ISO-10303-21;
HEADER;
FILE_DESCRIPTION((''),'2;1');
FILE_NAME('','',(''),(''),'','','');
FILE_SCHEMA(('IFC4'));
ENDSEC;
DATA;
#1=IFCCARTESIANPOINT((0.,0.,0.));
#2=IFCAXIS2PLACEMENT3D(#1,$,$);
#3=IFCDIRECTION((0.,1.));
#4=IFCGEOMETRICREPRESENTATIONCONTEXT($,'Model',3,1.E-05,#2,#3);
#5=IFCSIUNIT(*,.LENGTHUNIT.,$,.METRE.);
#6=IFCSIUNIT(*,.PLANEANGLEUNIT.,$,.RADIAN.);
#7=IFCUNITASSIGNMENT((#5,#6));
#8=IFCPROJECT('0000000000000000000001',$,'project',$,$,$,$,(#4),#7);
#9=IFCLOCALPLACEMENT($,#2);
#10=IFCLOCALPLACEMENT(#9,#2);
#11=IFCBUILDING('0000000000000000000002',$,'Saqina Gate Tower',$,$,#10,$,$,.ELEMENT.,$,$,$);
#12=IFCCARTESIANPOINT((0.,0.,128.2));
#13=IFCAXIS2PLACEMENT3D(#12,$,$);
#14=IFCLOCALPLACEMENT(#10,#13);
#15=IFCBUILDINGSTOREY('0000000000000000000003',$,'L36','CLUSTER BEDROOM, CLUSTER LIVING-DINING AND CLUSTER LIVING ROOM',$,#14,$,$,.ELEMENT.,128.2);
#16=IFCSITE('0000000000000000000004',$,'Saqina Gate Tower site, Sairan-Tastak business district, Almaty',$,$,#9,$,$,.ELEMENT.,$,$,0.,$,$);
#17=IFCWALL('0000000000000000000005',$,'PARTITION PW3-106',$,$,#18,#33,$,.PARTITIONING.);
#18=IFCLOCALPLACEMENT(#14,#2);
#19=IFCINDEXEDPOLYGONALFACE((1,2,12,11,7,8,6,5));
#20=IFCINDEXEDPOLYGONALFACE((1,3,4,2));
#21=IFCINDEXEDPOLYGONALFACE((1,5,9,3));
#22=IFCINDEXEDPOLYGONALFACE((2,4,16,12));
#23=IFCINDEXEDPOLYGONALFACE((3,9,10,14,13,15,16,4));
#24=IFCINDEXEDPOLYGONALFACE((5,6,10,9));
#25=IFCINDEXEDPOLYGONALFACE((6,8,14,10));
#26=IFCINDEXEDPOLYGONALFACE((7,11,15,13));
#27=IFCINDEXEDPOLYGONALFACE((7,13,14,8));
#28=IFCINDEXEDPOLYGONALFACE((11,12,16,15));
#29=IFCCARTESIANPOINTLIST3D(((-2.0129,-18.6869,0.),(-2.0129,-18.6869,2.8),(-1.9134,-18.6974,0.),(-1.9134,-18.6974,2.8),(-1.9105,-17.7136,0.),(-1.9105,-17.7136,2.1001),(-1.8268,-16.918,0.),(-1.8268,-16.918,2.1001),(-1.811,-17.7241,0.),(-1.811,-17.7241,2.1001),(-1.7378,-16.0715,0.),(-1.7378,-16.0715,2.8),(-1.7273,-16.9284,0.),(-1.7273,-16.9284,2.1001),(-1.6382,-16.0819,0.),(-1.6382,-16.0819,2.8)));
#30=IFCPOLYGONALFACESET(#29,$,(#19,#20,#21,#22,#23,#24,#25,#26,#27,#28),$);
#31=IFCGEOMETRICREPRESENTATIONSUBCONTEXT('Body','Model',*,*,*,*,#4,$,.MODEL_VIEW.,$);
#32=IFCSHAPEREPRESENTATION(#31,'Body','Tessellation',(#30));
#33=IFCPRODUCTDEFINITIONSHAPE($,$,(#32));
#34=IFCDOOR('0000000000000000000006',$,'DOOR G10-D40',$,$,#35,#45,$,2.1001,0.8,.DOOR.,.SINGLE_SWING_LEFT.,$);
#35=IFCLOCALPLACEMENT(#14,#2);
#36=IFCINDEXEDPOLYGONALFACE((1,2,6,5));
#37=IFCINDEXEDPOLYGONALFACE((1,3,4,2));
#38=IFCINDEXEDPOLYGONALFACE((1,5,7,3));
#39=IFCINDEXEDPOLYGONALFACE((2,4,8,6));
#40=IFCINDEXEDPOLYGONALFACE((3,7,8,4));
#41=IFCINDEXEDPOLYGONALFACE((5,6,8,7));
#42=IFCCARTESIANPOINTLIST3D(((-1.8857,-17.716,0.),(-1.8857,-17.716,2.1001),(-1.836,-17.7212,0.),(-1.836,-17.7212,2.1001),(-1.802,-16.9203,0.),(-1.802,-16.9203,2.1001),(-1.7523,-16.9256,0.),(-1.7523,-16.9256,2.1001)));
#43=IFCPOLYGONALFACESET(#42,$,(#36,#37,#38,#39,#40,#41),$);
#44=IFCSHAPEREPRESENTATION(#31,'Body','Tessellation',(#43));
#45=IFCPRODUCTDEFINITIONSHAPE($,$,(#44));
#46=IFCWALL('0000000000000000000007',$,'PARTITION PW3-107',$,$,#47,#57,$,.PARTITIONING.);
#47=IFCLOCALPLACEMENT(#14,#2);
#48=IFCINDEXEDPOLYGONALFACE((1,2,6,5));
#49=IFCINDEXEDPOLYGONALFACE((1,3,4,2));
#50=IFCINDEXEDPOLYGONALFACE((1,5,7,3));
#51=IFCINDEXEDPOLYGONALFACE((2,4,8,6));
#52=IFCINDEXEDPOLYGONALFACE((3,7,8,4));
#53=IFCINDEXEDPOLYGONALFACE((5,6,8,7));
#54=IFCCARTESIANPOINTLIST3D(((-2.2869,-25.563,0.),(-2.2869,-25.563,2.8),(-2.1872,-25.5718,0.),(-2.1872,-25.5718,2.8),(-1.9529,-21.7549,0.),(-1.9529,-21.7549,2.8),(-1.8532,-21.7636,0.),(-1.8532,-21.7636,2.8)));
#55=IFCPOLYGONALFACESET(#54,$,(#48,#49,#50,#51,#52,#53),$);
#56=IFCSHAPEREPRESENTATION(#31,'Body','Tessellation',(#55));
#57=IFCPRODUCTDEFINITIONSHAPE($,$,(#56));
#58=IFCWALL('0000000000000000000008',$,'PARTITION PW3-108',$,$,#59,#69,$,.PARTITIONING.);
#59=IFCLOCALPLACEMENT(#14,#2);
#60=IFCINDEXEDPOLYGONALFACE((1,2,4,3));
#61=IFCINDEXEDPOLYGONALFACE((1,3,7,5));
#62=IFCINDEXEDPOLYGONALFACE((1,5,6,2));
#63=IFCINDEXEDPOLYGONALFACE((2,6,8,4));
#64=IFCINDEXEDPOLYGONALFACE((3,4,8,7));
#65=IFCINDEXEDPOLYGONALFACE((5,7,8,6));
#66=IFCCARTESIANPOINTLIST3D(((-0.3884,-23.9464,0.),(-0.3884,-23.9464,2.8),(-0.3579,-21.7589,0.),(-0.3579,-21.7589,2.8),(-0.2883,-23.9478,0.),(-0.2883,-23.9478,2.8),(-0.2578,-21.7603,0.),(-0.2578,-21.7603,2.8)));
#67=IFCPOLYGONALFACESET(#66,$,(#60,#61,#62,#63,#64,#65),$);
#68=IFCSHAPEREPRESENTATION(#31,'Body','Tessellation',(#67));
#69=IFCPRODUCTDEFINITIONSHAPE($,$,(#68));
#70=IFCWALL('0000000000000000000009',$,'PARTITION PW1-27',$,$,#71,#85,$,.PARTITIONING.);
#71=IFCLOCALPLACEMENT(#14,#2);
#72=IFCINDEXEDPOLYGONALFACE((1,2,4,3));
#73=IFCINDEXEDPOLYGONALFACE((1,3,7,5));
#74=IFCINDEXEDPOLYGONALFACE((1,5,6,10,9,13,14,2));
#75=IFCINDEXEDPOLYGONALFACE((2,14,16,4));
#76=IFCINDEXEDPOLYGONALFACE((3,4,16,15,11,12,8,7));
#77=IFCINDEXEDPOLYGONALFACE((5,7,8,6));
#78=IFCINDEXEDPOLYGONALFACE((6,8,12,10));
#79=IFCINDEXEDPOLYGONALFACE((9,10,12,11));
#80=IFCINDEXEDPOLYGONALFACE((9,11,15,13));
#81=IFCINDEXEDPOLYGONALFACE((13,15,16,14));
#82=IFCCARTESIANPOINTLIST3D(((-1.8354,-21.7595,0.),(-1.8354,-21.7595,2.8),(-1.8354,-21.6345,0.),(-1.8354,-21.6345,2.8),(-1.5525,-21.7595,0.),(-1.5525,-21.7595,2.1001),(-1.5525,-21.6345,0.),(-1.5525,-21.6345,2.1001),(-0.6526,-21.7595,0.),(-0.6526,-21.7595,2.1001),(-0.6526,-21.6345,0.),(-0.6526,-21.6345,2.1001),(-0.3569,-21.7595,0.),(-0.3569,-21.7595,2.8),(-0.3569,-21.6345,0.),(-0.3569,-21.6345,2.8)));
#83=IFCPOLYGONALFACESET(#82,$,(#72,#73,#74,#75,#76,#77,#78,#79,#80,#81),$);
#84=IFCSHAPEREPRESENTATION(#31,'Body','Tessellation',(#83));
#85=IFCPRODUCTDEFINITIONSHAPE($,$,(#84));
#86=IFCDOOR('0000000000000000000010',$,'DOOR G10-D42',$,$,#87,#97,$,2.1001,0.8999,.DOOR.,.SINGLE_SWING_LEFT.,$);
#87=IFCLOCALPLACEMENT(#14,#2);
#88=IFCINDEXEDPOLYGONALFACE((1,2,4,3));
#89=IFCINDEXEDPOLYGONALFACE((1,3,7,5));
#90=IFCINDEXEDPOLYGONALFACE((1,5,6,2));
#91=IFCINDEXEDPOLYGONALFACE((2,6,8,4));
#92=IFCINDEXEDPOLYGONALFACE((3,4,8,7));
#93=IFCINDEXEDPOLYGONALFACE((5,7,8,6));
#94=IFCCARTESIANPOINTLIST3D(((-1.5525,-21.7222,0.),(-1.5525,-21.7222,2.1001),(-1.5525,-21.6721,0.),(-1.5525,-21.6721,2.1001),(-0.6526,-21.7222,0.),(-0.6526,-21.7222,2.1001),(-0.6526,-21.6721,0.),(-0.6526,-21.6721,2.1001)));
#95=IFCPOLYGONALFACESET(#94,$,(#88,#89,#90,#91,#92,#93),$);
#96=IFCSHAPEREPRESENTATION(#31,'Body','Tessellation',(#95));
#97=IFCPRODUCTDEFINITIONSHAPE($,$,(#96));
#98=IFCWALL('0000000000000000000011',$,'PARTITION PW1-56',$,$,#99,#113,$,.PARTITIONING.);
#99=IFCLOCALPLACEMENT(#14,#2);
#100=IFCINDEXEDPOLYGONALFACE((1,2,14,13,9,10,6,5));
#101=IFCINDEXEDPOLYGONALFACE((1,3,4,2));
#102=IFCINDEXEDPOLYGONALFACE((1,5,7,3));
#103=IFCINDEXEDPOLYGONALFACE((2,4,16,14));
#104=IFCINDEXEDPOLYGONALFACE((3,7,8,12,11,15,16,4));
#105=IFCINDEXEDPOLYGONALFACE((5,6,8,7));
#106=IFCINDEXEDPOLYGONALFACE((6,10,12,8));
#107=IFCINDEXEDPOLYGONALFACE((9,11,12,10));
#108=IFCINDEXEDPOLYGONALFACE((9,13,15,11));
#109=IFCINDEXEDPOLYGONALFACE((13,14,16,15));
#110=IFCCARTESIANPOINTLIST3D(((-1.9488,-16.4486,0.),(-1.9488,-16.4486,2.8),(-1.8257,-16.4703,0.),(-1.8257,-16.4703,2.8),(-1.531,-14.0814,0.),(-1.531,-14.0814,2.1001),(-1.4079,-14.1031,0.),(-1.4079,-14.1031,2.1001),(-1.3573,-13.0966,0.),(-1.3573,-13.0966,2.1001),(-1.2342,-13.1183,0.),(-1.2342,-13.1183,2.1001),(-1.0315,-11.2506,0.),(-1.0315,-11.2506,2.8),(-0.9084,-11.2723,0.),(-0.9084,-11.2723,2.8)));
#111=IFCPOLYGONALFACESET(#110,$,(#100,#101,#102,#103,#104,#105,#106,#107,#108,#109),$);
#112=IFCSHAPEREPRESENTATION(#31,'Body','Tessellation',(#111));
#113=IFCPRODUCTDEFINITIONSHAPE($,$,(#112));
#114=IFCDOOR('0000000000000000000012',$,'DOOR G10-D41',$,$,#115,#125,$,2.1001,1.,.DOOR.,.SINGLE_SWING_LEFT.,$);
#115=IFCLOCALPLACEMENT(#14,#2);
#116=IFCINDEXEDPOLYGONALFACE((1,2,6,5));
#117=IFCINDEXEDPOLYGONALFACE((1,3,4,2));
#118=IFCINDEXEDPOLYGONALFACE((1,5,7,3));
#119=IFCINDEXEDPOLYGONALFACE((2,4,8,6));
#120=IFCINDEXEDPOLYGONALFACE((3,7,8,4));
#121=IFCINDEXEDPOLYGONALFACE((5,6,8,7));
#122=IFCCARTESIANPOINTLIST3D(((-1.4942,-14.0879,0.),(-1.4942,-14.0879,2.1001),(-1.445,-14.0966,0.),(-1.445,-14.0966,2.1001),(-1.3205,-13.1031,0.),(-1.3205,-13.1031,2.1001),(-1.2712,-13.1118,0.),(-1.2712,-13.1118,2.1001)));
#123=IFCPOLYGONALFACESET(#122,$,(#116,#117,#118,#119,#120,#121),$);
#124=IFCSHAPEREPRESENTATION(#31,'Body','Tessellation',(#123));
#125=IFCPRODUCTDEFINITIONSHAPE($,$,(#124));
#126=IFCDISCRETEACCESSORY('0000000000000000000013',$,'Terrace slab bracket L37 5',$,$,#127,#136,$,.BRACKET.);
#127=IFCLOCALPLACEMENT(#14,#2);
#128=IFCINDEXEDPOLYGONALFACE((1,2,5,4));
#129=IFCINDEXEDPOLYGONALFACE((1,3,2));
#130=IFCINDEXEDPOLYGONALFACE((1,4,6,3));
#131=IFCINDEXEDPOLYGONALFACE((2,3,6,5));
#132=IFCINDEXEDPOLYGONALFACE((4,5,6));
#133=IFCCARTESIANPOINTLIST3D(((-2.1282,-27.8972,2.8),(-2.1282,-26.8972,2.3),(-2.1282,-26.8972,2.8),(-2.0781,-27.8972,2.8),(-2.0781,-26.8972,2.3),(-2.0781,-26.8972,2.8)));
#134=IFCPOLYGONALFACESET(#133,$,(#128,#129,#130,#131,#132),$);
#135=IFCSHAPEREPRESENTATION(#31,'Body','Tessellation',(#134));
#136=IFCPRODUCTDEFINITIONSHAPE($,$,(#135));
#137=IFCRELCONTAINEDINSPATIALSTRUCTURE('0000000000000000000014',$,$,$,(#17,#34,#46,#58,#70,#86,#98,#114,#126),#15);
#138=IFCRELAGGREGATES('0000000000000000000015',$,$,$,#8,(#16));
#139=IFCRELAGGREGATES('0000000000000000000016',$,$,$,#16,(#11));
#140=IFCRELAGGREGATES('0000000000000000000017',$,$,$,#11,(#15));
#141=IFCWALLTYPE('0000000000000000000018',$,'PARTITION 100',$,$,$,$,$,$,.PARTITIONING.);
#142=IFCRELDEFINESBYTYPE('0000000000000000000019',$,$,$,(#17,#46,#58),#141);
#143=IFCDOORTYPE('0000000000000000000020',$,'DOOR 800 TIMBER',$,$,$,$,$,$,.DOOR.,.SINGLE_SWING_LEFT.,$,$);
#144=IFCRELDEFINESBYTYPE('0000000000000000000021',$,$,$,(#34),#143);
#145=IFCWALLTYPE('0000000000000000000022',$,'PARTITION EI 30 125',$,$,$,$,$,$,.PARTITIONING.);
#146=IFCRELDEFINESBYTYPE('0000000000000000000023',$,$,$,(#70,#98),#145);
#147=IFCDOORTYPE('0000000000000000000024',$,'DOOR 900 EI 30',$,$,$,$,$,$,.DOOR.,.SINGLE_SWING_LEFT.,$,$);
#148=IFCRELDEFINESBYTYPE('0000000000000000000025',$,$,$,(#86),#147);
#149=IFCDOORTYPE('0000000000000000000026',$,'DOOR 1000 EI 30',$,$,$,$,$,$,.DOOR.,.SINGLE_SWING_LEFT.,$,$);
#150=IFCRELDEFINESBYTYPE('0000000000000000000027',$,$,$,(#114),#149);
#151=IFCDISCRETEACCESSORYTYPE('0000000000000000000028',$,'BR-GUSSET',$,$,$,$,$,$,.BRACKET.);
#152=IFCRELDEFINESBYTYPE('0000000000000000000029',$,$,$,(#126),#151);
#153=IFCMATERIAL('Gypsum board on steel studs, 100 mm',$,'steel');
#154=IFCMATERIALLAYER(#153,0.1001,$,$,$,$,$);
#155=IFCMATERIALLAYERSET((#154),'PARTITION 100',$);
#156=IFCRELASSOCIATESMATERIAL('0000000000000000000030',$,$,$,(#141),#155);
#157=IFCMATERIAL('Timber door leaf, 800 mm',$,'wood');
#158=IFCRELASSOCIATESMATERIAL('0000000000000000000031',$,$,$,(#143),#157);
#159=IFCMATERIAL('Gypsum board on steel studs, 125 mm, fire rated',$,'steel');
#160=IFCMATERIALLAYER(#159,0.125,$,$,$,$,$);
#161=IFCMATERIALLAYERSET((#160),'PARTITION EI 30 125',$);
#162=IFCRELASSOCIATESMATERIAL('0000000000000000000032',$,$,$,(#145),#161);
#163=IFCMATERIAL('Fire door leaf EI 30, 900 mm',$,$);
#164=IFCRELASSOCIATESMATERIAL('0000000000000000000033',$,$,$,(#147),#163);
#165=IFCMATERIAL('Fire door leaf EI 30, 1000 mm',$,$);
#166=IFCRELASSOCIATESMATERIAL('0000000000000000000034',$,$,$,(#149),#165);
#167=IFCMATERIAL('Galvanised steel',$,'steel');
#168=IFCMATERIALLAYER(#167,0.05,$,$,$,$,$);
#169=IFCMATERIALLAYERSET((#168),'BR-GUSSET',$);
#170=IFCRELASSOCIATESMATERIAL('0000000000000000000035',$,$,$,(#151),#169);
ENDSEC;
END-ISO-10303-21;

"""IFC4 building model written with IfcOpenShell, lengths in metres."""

from ifc_helpers import new_model, si_unit, direction, frame, frame_2d, origin, place, context, subcontext, project, spatial, polyline, rectangle, outline, extrude, material, layer, layer_set, type_object, element, fill, save


model = new_model("IFC4")

# Units and contexts
model_context = context("Model", 3, precision=1e-05, world=origin(), true_north=direction((0.0, 1.0)))
body_context = subcontext(model_context, "Body", "Model", "MODEL_VIEW")
ifc_project = project(units=[si_unit("LENGTHUNIT", "METRE"), si_unit("PLANEANGLEUNIT", "RADIAN")], contexts=[model_context])

# Site, building, storey
site_placement = place(None, origin())
site = spatial("IfcSite", under=ifc_project, at=site_placement, Name="Saqina Gate Tower site, Sairan-Tastak business district, Almaty", CompositionType="ELEMENT", RefElevation=0.0)
building_placement = place(site_placement, origin())
building = spatial("IfcBuilding", under=site, at=building_placement, Name="Saqina Gate Tower", CompositionType="ELEMENT")
storey_placement = place(building_placement, frame((0.0, 0.0, 128.2)))
storey = spatial("IfcBuildingStorey", under=building, at=storey_placement, Name="L36", Description="CLUSTER BEDROOM, CLUSTER LIVING-DINING AND CLUSTER LIVING ROOM", CompositionType="ELEMENT", Elevation=128.2)

# Shared definitions
ifc_material_1 = material(Name="Gypsum board on steel studs, 100 mm", Category="steel")
ifc_layer_1 = layer(ifc_material_1, 0.1001)
ifc_layer_set_1 = layer_set([ifc_layer_1], Name="PARTITION 100")
wall_type_1 = type_object("IfcWallType", Name="PARTITION 100", PredefinedType="PARTITIONING", material=ifc_layer_set_1)

# Shared definitions
ifc_material_2 = material(Name="Timber door leaf, 800 mm", Category="wood")
door_type_1 = type_object("IfcDoorType", Name="DOOR 800 TIMBER", OperationType="SINGLE_SWING_LEFT", PredefinedType="DOOR", material=ifc_material_2)

# Wall, opening, door
wall_1_placement = place(storey_placement, frame((-1.9631, -18.6921, 0.0), z_axis=(0.0, 0.0, 1.0), x_axis=(0.104622, 0.994512, 0.0)))
wall_1 = element("IfcWall", 1, at=wall_1_placement, inside=storey, type_object=wall_type_1, Name="PARTITION PW3-106", PredefinedType="PARTITIONING", context=body_context, shape_type="SweptSolid", body=[
    extrude(rectangle(XDim=2.6299, YDim=0.1001, at=frame_2d((1.3149, 0.0))), origin(), (0.0, 0.0, 1.0), 2.8),
])
opening_1_placement = place(wall_1_placement, frame((0.9788, 0.0, 0.0)))
opening_1 = element("IfcOpeningElement", 2, at=opening_1_placement, cuts=wall_1, PredefinedType="OPENING", context=body_context, shape_type="SweptSolid", body=[
    extrude(rectangle(XDim=0.8, YDim=2.1001, at=frame_2d((0.3999, 1.05))), frame((0.0, 0.062, 0.0), z_axis=(0.0, -1.0, 0.0), x_axis=(1.0, 0.0, 0.0)), (0.0, 0.0, 1.0), 0.124),
])
door_1_placement = place(opening_1_placement, frame((0.8, 0.0, 0.0), z_axis=(0.0, 0.0, 1.0), x_axis=(-1.0, 0.0, 0.0)))
door_1 = element("IfcDoor", 3, at=door_1_placement, inside=storey, type_object=door_type_1, Name="DOOR G10-D40", OperationType="SINGLE_SWING_LEFT", OverallHeight=2.1001, OverallWidth=0.8, PredefinedType="DOOR", context=body_context, shape_type="SweptSolid", body=[
    extrude(rectangle(XDim=0.8, YDim=2.1001, at=frame_2d((0.3999, 1.05))), frame((0.0, 0.0249, 0.0), z_axis=(0.0, -1.0, 0.0), x_axis=(1.0, 0.0, 0.0)), (0.0, 0.0, 1.0), 0.05),
])
fill(opening_1, door_1)

# Walls
wall_2_placement = place(storey_placement, frame((-2.2371, -25.5674, 0.0), z_axis=(0.0, 0.0, 1.0), x_axis=(0.087368, 0.996176, 0.0)))
element("IfcWall", 4, at=wall_2_placement, inside=storey, type_object=wall_type_1, Name="PARTITION PW3-107", PredefinedType="PARTITIONING", context=body_context, shape_type="SweptSolid", body=[
    extrude(rectangle(XDim=3.8228, YDim=0.1001, at=frame_2d((1.9114, 0.0))), origin(), (0.0, 0.0, 1.0), 2.8),
])
wall_3_placement = place(storey_placement, frame((-0.3384, -23.947, 0.0), z_axis=(0.0, 0.0, 1.0), x_axis=(0.01395, 0.999903, 0.0)))
element("IfcWall", 5, at=wall_3_placement, inside=storey, type_object=wall_type_1, Name="PARTITION PW3-108", PredefinedType="PARTITIONING", context=body_context, shape_type="SweptSolid", body=[
    extrude(rectangle(XDim=2.1877, YDim=0.1001, at=frame_2d((1.0938, 0.0))), origin(), (0.0, 0.0, 1.0), 2.8),
])

# Walls, openings, doors
ifc_material_3 = material(Name="Gypsum board on steel studs, 125 mm, fire rated", Category="steel")
ifc_layer_2 = layer(ifc_material_3, 0.125)
ifc_layer_set_2 = layer_set([ifc_layer_2], Name="PARTITION EI 30 125")
wall_type_2 = type_object("IfcWallType", Name="PARTITION EI 30 125", PredefinedType="PARTITIONING", material=ifc_layer_set_2)
wall_4_placement = place(storey_placement, frame((-1.8354, -21.697, 0.0), z_axis=(0.0, 0.0, 1.0), x_axis=(1.0, 0.0, 0.0)))
wall_4 = element("IfcWall", 6, at=wall_4_placement, inside=storey, type_object=wall_type_2, Name="PARTITION PW1-27", PredefinedType="PARTITIONING", context=body_context, shape_type="SweptSolid", body=[
    extrude(rectangle(XDim=1.4785, YDim=0.125, at=frame_2d((0.7393, 0.0))), origin(), (0.0, 0.0, 1.0), 2.8),
])
opening_2_placement = place(wall_4_placement, frame((0.283, 0.0, 0.0)))
opening_2 = element("IfcOpeningElement", 7, at=opening_2_placement, cuts=wall_4, PredefinedType="OPENING", context=body_context, shape_type="SweptSolid", body=[
    extrude(rectangle(XDim=0.8999, YDim=2.1001, at=frame_2d((0.45, 1.05))), frame((0.0, 0.0745, 0.0), z_axis=(0.0, -1.0, 0.0), x_axis=(1.0, 0.0, 0.0)), (0.0, 0.0, 1.0), 0.1489),
])
ifc_material_4 = material(Name="Fire door leaf EI 30, 900 mm")
door_type_2 = type_object("IfcDoorType", Name="DOOR 900 EI 30", OperationType="SINGLE_SWING_LEFT", PredefinedType="DOOR", material=ifc_material_4)
door_2_placement = place(opening_2_placement, origin())
door_2 = element("IfcDoor", 8, at=door_2_placement, inside=storey, type_object=door_type_2, Name="DOOR G10-D42", OperationType="SINGLE_SWING_LEFT", OverallHeight=2.1001, OverallWidth=0.8999, PredefinedType="DOOR", context=body_context, shape_type="SweptSolid", body=[
    extrude(rectangle(XDim=0.8999, YDim=2.1001, at=frame_2d((0.45, 1.05))), frame((0.0, 0.0249, 0.0), z_axis=(0.0, -1.0, 0.0), x_axis=(1.0, 0.0, 0.0)), (0.0, 0.0, 1.0), 0.05),
])
fill(opening_2, door_2)
wall_5_placement = place(storey_placement, frame((-1.8872, -16.4595, 0.0), z_axis=(0.0, 0.0, 1.0), x_axis=(0.173775, 0.984785, 0.0)))
wall_5 = element("IfcWall", 9, at=wall_5_placement, inside=storey, type_object=wall_type_2, Name="PARTITION PW1-56", PredefinedType="PARTITIONING", context=body_context, shape_type="SweptSolid", body=[
    extrude(rectangle(XDim=5.2783, YDim=0.125, at=frame_2d((2.6392, 0.0))), origin(), (0.0, 0.0, 1.0), 2.8),
])
opening_3_placement = place(wall_5_placement, frame((2.4038, 0.0, 0.0)))
opening_3 = element("IfcOpeningElement", 10, at=opening_3_placement, cuts=wall_5, PredefinedType="OPENING", context=body_context, shape_type="SweptSolid", body=[
    extrude(rectangle(XDim=1.0, YDim=2.1001, at=frame_2d((0.5, 1.05))), frame((0.0, 0.0745, 0.0), z_axis=(0.0, -1.0, 0.0), x_axis=(1.0, 0.0, 0.0)), (0.0, 0.0, 1.0), 0.1489),
])
ifc_material_5 = material(Name="Fire door leaf EI 30, 1000 mm")
door_type_3 = type_object("IfcDoorType", Name="DOOR 1000 EI 30", OperationType="SINGLE_SWING_LEFT", PredefinedType="DOOR", material=ifc_material_5)
door_3_placement = place(opening_3_placement, frame((1.0, 0.0, 0.0), z_axis=(0.0, 0.0, 1.0), x_axis=(-1.0, 0.0, 0.0)))
door_3 = element("IfcDoor", 11, at=door_3_placement, inside=storey, type_object=door_type_3, Name="DOOR G10-D41", OperationType="SINGLE_SWING_LEFT", OverallHeight=2.1001, OverallWidth=1.0, PredefinedType="DOOR", context=body_context, shape_type="SweptSolid", body=[
    extrude(rectangle(XDim=1.0, YDim=2.1001, at=frame_2d((0.5, 1.05))), frame((0.0, 0.0249, 0.0), z_axis=(0.0, -1.0, 0.0), x_axis=(1.0, 0.0, 0.0)), (0.0, 0.0, 1.0), 0.05),
])
fill(opening_3, door_3)

# Discrete accessory
ifc_material_6 = material(Name="Galvanised steel", Category="steel")
ifc_layer_3 = layer(ifc_material_6, 0.05)
ifc_layer_set_3 = layer_set([ifc_layer_3], Name="BR-GUSSET")
discrete_accessory_type = type_object("IfcDiscreteAccessoryType", Name="BR-GUSSET", PredefinedType="BRACKET", material=ifc_layer_set_3)
discrete_accessory_placement = place(storey_placement, frame((-2.0781, -26.8972, 2.3), z_axis=(1.0, 0.0, 0.0), x_axis=(0.0, 0.0, 1.0)))
element("IfcDiscreteAccessory", 12, at=discrete_accessory_placement, inside=storey, type_object=discrete_accessory_type, Name="Terrace slab bracket L37 5", PredefinedType="BRACKET", context=body_context, shape_type="SweptSolid", body=[
    extrude(outline(polyline([(0.0, 0.0), (0.5, 0.0), (0.5, 1.0), (0.0, 0.0)])), origin(), (0.0, 0.0, -1.0), 0.05),
])

save(model, "model.ifc")
